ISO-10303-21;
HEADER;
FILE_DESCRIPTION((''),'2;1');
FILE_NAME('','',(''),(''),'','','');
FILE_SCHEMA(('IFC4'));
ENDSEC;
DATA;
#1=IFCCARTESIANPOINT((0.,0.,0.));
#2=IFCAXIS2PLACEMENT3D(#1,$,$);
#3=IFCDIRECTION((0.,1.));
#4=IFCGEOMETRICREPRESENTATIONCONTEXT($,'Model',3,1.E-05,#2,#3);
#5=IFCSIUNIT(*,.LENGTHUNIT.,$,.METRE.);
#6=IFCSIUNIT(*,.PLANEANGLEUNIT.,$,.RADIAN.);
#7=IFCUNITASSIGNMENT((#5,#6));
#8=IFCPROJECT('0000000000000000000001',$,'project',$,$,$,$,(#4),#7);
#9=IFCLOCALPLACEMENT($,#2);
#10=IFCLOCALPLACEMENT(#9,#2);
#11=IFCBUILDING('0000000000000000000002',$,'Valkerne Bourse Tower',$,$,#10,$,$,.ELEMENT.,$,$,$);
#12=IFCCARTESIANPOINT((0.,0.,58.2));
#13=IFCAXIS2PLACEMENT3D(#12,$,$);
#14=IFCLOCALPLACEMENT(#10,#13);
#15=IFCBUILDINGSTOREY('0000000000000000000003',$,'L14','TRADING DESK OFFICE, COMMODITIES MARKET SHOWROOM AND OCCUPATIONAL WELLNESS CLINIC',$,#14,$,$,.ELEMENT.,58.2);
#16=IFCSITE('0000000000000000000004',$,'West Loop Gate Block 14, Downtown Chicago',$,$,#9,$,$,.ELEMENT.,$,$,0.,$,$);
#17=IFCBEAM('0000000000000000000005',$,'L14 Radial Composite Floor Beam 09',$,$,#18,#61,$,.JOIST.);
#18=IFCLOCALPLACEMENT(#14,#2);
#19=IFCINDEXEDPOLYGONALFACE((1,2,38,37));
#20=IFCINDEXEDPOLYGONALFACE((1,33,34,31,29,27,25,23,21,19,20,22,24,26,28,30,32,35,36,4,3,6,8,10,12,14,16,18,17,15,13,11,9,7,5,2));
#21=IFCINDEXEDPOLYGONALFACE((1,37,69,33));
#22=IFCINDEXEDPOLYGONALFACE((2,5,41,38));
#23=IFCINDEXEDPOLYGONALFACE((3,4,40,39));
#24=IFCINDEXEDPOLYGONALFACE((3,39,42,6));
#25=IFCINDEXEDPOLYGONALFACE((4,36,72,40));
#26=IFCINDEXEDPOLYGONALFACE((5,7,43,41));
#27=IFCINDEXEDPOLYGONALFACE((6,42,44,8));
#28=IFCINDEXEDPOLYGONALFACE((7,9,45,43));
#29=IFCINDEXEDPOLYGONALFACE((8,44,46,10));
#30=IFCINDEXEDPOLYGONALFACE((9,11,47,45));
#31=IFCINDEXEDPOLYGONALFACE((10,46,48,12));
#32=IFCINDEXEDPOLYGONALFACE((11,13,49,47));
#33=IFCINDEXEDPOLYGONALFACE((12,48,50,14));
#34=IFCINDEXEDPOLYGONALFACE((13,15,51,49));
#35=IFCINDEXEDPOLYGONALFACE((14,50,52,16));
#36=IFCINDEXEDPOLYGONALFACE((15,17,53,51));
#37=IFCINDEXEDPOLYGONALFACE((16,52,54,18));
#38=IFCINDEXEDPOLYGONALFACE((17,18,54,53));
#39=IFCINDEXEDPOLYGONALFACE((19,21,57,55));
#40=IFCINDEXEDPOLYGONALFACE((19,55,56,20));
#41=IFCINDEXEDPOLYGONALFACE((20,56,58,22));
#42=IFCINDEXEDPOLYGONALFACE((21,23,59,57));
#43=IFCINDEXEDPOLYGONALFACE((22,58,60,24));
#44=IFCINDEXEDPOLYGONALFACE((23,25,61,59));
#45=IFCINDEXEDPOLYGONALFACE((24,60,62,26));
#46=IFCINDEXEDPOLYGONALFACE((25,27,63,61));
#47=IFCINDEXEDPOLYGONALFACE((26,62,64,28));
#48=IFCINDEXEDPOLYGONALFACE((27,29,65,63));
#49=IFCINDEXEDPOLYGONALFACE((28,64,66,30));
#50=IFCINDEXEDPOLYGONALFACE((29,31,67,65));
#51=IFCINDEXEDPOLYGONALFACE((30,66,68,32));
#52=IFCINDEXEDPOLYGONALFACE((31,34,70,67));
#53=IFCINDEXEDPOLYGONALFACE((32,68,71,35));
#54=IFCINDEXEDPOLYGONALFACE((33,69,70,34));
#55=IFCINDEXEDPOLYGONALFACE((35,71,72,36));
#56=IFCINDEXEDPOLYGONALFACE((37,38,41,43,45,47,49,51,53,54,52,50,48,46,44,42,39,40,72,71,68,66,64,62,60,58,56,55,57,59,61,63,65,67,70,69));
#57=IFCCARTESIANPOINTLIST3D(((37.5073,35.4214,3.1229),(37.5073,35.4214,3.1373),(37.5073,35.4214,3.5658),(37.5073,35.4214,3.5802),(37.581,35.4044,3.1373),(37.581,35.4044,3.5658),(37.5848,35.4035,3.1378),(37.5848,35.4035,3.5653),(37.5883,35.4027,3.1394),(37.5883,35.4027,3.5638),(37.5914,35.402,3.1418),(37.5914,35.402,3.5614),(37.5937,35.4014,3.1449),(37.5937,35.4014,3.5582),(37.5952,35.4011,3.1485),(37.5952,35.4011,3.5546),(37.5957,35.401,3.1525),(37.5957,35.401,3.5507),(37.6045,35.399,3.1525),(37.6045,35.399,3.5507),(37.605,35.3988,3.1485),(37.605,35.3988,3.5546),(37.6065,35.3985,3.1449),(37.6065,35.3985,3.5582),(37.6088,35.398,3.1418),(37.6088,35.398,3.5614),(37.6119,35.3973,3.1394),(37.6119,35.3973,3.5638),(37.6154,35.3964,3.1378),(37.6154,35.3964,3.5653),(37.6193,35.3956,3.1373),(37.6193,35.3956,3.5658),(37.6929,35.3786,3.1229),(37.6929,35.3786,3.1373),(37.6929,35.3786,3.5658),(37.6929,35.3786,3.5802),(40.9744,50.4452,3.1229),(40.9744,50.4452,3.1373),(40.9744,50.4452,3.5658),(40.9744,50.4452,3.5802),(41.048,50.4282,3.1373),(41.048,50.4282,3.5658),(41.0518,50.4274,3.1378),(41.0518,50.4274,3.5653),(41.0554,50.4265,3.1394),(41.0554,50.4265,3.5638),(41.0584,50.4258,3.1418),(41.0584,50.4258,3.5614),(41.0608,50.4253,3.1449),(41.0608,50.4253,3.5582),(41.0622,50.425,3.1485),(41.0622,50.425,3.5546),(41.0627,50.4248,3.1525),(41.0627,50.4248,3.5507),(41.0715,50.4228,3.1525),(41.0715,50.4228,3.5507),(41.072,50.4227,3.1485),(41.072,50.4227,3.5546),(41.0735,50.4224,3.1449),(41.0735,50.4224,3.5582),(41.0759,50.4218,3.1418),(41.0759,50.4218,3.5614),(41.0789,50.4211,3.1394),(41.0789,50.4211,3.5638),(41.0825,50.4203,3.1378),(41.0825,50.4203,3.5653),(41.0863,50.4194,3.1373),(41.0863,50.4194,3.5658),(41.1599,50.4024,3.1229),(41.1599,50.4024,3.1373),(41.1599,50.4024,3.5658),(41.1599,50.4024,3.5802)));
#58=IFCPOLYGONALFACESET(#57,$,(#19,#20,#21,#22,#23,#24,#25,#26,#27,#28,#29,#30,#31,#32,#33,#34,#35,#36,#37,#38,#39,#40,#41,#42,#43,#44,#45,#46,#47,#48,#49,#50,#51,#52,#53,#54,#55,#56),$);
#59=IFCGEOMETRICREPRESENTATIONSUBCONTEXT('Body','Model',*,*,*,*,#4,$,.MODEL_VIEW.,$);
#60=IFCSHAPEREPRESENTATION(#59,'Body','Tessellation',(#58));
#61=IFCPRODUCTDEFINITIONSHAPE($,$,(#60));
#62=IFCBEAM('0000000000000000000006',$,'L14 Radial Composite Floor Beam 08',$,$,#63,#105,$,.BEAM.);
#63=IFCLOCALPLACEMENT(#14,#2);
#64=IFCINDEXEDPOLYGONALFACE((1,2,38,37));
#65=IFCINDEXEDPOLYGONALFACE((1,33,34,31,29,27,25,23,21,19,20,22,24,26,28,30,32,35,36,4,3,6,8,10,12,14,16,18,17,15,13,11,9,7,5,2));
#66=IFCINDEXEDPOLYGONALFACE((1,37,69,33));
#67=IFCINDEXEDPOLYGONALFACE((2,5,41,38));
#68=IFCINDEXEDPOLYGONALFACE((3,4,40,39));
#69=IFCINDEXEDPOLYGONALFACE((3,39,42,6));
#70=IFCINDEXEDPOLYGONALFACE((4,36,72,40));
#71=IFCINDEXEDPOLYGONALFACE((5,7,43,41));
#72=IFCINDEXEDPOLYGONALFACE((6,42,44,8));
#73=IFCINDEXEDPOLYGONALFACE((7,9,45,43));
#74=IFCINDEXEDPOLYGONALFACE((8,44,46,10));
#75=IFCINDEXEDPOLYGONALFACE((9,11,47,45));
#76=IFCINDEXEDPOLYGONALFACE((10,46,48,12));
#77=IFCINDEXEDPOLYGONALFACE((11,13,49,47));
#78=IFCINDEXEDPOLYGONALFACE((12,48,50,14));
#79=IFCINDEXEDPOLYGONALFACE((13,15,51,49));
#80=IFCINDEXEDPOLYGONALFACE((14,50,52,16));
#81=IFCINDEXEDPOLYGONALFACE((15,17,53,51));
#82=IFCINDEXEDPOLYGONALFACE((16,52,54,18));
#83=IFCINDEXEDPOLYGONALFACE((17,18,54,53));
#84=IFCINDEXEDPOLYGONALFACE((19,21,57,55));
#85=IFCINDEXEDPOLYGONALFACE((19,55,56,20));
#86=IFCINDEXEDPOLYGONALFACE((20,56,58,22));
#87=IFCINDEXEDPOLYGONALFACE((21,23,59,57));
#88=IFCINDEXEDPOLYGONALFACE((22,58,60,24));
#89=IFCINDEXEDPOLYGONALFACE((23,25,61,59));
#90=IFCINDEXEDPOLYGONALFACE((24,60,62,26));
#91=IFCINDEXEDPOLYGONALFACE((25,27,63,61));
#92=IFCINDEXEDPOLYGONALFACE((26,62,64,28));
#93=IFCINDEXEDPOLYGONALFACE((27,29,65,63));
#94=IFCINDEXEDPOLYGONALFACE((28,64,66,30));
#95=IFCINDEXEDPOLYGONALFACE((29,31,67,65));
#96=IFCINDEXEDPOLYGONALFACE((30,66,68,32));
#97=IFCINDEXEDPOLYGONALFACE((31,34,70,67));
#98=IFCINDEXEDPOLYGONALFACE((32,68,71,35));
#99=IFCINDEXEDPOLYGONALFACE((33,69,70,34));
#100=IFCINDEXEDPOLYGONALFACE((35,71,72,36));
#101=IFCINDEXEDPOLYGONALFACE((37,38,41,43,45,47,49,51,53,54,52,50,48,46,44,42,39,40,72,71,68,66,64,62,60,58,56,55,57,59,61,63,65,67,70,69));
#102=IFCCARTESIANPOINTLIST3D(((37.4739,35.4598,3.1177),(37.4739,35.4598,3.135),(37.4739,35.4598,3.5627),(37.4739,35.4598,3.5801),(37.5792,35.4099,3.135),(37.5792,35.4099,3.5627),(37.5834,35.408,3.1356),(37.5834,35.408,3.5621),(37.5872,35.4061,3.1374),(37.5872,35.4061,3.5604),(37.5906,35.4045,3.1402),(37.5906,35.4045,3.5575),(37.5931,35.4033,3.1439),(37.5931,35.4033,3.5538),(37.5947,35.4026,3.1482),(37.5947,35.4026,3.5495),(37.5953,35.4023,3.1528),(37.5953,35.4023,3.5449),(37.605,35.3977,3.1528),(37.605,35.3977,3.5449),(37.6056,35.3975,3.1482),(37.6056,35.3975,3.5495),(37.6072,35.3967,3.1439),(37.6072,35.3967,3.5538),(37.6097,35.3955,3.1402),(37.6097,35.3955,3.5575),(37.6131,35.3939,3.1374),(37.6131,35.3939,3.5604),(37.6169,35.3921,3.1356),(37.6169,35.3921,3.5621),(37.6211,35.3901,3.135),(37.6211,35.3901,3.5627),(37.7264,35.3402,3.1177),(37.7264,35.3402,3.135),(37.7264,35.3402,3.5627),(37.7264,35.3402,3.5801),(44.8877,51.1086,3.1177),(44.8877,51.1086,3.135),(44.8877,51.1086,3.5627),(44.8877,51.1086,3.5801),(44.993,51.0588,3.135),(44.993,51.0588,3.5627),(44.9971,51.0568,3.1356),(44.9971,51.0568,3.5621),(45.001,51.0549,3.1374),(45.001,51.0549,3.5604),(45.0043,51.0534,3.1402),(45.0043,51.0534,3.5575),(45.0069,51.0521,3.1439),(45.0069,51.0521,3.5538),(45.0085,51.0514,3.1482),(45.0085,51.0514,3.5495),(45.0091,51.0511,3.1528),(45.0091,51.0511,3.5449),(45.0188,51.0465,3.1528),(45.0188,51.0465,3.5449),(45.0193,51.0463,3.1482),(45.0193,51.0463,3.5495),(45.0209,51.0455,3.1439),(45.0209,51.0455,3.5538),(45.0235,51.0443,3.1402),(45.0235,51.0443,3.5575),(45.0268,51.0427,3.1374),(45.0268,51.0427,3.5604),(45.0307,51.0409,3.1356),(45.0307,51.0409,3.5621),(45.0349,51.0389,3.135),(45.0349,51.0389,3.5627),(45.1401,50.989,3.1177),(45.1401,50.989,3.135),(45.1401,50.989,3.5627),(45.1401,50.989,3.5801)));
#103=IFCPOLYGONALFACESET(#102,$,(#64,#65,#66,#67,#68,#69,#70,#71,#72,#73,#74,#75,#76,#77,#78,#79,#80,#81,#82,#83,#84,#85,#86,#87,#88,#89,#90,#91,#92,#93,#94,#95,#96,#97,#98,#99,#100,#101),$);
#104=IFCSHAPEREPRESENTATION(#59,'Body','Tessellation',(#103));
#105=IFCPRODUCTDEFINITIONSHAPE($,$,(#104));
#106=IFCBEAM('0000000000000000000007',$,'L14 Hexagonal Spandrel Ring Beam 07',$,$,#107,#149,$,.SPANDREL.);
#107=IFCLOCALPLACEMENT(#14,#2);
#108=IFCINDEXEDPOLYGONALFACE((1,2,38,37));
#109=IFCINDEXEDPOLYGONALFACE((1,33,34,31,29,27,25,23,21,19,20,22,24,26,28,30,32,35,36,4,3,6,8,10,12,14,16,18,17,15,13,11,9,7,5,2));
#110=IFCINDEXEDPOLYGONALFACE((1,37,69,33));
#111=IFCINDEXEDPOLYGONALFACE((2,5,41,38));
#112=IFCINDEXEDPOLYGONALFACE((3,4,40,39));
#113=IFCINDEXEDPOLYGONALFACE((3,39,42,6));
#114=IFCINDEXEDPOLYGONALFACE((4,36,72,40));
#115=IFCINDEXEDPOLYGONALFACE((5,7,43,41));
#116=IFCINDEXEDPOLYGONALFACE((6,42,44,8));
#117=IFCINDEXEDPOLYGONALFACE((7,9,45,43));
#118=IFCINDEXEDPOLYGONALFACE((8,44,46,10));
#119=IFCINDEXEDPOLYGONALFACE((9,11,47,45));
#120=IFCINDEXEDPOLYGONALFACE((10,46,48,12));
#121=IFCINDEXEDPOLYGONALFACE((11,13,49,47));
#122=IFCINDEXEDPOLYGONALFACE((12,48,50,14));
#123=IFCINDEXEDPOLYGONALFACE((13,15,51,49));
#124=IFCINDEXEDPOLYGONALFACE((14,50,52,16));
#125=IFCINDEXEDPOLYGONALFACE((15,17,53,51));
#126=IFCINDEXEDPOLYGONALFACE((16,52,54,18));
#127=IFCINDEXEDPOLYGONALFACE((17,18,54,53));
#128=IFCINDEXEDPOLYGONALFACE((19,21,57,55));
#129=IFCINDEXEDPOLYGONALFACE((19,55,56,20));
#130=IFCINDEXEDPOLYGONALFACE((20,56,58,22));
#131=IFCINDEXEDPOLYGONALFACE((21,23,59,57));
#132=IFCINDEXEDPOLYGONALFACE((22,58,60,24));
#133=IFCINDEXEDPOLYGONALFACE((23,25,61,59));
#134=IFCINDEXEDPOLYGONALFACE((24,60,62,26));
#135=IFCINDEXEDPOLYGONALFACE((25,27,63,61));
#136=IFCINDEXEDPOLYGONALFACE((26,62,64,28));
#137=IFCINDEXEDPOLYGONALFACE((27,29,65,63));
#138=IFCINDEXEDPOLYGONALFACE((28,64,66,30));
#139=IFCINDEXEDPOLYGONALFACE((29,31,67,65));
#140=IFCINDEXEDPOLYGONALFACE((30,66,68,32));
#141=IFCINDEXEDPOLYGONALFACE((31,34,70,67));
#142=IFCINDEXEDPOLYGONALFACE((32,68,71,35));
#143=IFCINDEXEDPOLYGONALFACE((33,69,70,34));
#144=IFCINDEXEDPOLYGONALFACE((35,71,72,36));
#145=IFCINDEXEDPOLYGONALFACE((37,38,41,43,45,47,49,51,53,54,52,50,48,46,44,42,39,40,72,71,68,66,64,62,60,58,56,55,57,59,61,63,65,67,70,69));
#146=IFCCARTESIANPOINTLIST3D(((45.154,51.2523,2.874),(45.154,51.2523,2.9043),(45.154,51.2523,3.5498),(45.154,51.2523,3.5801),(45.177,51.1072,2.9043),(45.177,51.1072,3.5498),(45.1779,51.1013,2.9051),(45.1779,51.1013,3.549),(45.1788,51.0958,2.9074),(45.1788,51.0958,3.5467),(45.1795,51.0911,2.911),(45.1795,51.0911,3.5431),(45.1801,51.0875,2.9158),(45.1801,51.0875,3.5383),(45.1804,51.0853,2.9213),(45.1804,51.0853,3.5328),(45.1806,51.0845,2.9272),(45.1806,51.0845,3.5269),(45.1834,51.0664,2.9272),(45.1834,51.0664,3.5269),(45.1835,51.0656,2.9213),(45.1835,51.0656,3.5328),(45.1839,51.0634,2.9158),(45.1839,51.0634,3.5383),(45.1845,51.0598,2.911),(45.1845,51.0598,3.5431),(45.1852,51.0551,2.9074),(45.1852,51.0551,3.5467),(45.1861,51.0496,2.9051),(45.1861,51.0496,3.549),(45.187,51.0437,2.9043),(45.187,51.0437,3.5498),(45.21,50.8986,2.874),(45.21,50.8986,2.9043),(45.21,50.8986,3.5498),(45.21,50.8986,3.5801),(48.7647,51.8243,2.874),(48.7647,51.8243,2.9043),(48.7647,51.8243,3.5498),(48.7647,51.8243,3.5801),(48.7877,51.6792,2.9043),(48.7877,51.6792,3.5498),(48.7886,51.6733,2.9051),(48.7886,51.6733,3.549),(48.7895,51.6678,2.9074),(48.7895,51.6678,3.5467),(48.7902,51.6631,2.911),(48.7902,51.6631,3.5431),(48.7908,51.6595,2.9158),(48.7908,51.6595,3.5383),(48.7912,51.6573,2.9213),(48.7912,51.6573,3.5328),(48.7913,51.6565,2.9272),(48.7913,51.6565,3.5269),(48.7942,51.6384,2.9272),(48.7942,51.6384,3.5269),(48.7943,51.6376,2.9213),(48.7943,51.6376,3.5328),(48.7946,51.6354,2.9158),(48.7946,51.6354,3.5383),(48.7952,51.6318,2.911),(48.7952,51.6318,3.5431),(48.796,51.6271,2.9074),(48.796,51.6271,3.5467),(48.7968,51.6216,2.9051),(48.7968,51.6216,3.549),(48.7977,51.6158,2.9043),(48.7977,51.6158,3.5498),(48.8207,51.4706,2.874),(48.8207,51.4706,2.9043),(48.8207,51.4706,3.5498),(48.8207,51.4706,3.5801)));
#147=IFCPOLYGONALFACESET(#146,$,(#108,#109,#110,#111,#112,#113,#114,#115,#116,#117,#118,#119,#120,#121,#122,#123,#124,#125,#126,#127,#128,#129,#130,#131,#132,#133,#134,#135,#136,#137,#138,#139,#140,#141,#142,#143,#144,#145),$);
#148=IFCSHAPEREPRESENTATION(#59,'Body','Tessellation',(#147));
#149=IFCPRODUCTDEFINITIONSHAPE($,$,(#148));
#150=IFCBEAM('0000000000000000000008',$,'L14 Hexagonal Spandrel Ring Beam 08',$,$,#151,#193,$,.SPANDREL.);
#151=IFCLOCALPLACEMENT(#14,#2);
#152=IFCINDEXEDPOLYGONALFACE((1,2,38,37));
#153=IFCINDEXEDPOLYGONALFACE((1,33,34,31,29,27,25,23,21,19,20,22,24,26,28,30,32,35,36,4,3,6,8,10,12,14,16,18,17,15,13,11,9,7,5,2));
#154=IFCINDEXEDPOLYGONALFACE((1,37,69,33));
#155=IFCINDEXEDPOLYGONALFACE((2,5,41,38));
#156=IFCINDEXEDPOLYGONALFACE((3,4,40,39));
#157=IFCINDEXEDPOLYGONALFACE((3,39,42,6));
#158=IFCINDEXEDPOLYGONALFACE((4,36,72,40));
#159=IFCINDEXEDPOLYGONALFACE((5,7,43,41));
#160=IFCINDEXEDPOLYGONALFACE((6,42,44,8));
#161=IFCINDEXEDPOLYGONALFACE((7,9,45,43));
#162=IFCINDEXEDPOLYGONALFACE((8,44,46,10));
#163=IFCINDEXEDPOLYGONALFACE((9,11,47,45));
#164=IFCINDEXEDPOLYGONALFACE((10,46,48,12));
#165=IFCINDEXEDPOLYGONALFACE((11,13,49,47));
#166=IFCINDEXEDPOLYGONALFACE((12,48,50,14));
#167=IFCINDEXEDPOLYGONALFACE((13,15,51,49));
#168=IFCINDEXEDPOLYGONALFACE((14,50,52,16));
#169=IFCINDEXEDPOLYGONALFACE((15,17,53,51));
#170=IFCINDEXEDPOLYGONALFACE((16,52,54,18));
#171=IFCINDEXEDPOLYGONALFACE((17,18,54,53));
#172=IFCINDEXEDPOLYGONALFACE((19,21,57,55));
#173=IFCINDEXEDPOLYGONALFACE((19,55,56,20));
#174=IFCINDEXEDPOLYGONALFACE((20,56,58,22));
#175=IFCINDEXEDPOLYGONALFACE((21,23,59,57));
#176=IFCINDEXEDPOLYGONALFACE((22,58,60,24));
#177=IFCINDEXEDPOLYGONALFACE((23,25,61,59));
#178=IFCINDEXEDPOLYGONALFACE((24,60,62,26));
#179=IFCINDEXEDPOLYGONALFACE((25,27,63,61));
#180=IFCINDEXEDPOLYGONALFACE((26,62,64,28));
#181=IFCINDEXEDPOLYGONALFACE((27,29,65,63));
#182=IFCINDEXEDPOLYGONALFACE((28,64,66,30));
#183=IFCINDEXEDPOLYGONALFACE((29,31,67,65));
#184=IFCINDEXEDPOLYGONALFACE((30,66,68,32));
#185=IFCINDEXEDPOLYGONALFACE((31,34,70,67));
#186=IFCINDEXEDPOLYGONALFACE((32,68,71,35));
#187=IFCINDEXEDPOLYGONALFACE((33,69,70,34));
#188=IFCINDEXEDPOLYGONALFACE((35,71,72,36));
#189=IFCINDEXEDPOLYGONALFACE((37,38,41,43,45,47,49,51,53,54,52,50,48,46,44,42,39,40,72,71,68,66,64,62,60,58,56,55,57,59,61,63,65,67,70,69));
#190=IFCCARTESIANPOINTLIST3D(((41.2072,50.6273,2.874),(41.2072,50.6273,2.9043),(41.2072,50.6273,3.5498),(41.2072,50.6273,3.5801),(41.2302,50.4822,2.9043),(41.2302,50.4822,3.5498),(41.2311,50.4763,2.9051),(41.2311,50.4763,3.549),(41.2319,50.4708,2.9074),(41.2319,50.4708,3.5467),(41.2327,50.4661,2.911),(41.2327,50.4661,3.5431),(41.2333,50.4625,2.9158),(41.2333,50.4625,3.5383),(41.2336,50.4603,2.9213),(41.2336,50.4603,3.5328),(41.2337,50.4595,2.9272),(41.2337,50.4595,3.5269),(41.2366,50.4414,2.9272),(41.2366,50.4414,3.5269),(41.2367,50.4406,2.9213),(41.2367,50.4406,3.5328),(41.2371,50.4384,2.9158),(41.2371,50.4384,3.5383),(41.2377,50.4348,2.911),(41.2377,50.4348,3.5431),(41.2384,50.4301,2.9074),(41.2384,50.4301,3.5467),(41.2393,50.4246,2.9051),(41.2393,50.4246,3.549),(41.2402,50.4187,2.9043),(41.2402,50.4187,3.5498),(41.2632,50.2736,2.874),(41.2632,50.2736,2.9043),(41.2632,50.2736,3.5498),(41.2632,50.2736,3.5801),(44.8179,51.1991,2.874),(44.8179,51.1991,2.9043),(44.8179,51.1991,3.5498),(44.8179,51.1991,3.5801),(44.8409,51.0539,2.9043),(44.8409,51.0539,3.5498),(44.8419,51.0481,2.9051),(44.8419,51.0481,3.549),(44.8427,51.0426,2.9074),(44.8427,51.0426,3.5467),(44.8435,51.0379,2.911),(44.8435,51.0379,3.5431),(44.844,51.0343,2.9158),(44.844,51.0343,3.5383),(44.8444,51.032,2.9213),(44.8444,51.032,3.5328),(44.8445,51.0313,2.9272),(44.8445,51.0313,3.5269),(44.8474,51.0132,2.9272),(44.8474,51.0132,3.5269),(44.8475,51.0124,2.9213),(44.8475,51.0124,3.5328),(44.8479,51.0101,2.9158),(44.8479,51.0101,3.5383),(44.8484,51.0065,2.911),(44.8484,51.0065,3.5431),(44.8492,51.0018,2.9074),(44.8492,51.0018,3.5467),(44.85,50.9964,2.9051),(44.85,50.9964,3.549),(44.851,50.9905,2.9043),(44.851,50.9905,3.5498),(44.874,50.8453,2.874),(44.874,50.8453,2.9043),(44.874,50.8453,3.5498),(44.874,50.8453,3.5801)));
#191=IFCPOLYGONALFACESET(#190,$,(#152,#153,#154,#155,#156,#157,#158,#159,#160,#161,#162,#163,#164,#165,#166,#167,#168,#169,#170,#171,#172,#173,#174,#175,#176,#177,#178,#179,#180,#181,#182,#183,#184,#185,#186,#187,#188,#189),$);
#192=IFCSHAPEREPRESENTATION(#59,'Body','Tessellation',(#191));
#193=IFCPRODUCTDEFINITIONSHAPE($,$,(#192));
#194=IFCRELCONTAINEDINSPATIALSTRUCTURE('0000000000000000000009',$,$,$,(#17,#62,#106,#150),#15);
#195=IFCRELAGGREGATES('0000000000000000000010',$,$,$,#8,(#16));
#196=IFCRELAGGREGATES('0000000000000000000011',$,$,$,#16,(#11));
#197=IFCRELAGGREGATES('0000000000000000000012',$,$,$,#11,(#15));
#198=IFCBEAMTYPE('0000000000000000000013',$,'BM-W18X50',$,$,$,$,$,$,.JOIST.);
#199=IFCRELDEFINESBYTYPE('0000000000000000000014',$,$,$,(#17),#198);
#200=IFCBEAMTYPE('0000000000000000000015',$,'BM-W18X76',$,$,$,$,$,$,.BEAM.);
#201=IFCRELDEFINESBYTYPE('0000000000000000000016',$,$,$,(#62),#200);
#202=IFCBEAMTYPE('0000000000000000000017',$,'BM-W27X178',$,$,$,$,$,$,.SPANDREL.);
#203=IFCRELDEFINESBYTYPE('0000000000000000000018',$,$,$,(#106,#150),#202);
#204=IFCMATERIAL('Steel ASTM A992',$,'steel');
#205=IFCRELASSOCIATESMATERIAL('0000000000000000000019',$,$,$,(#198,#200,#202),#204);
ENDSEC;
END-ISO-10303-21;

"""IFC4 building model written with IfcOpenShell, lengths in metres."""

from ifc_helpers import new_model, si_unit, direction, frame, origin, origin_2d, place, context, subcontext, project, spatial, i_section, extrude, material, material_profile, profile_set, type_object, element, save


model = new_model("IFC4")

# Units and contexts
model_context = context("Model", 3, precision=1e-05, world=origin(), true_north=direction((0.0, 1.0)))
body_context = subcontext(model_context, "Body", "Model", "MODEL_VIEW")
ifc_project = project(units=[si_unit("LENGTHUNIT", "METRE"), si_unit("PLANEANGLEUNIT", "RADIAN")], contexts=[model_context])

# Site, building, storey
site_placement = place(None, origin())
site = spatial("IfcSite", under=ifc_project, at=site_placement, Name="West Loop Gate Block 14, Downtown Chicago", CompositionType="ELEMENT", RefElevation=0.0)
building_placement = place(site_placement, origin())
building = spatial("IfcBuilding", under=site, at=building_placement, Name="Valkerne Bourse Tower", CompositionType="ELEMENT")
storey_placement = place(building_placement, frame((0.0, 0.0, 58.2)))
storey = spatial("IfcBuildingStorey", under=building, at=storey_placement, Name="L14", Description="TRADING DESK OFFICE, COMMODITIES MARKET SHOWROOM AND OCCUPATIONAL WELLNESS CLINIC", CompositionType="ELEMENT", Elevation=58.2)

# Beams
ifc_material_1 = material(Name="Steel ASTM A992", Category="steel")
ifc_material_profile_1 = material_profile(ifc_material_1, i_section(OverallWidth=0.1904, OverallDepth=0.4573, WebThickness=0.009, FlangeThickness=0.0144, FilletRadius=0.0151, at=origin_2d()), Name="W18X50")
ifc_profile_set_1 = profile_set([ifc_material_profile_1], Name="Steel ASTM A992")
beam_type_1 = type_object("IfcBeamType", Name="BM-W18X50", PredefinedType="JOIST", material=ifc_profile_set_1)
beam_1_placement = place(storey_placement, frame((41.0671, 50.4238, 3.3516), z_axis=(-0.224858, -0.974391, 0.0), x_axis=(0.974391, -0.224858, 0.0)))
element("IfcBeam", 1, at=beam_1_placement, inside=storey, type_object=beam_type_1, Name="L14 Radial Composite Floor Beam 09", PredefinedType="JOIST", context=body_context, shape_type="SweptSolid", body=[
    extrude(i_section(OverallWidth=0.1904, OverallDepth=0.4573, WebThickness=0.009, FlangeThickness=0.0144, FilletRadius=0.0151, at=origin_2d()), origin(), (0.0, 0.0, 1.0), 15.4187),
])
ifc_material_profile_2 = material_profile(ifc_material_1, i_section(OverallWidth=0.2793, OverallDepth=0.4624, WebThickness=0.0107, FlangeThickness=0.0173, FilletRadius=0.0178, at=origin_2d()), Name="W18X76")
ifc_profile_set_2 = profile_set([ifc_material_profile_2], Name="Steel ASTM A992")
beam_type_2 = type_object("IfcBeamType", Name="BM-W18X76", PredefinedType="BEAM", material=ifc_profile_set_2)
beam_2_placement = place(storey_placement, frame((45.0139, 51.0488, 3.3489), z_axis=(-0.428141, -0.903712, 0.0), x_axis=(0.903712, -0.428141, 0.0)))
element("IfcBeam", 2, at=beam_2_placement, inside=storey, type_object=beam_type_2, Name="L14 Radial Composite Floor Beam 08", PredefinedType="BEAM", context=body_context, shape_type="SweptSolid", body=[
    extrude(i_section(OverallWidth=0.2793, OverallDepth=0.4624, WebThickness=0.0107, FlangeThickness=0.0173, FilletRadius=0.0178, at=origin_2d()), origin(), (0.0, 0.0, 1.0), 17.3162),
])
ifc_material_profile_3 = material_profile(ifc_material_1, i_section(OverallWidth=0.3582, OverallDepth=0.7061, WebThickness=0.0183, FlangeThickness=0.0303, FilletRadius=0.0229, at=origin_2d()), Name="W27X178")
ifc_profile_set_3 = profile_set([ifc_material_profile_3], Name="Steel ASTM A992")
beam_type_3 = type_object("IfcBeamType", Name="BM-W27X178", PredefinedType="SPANDREL", material=ifc_profile_set_3)
for number, where, z_axis, x_axis, name in (
    (3, (48.7927, 51.6475, 3.2271), (-0.987683, -0.156467, 0.0), (0.156467, -0.987683, 0.0), "L14 Hexagonal Spandrel Ring Beam 07"),
    (4, (44.8459, 51.0222, 3.2271), (-0.987694, -0.156402, 0.0), (0.156402, -0.987694, 0.0), "L14 Hexagonal Spandrel Ring Beam 08"),
):
    element("IfcBeam", number, at=place(storey_placement, frame(where, z_axis=z_axis, x_axis=x_axis)), inside=storey, type_object=beam_type_3, Name=name, PredefinedType="SPANDREL", context=body_context, shape_type="SweptSolid", body=[
        extrude(i_section(OverallWidth=0.3582, OverallDepth=0.7061, WebThickness=0.0183, FlangeThickness=0.0303, FilletRadius=0.0229, at=origin_2d()), origin(), (0.0, 0.0, 1.0), 3.6558),
    ])

save(model, "model.ifc")
